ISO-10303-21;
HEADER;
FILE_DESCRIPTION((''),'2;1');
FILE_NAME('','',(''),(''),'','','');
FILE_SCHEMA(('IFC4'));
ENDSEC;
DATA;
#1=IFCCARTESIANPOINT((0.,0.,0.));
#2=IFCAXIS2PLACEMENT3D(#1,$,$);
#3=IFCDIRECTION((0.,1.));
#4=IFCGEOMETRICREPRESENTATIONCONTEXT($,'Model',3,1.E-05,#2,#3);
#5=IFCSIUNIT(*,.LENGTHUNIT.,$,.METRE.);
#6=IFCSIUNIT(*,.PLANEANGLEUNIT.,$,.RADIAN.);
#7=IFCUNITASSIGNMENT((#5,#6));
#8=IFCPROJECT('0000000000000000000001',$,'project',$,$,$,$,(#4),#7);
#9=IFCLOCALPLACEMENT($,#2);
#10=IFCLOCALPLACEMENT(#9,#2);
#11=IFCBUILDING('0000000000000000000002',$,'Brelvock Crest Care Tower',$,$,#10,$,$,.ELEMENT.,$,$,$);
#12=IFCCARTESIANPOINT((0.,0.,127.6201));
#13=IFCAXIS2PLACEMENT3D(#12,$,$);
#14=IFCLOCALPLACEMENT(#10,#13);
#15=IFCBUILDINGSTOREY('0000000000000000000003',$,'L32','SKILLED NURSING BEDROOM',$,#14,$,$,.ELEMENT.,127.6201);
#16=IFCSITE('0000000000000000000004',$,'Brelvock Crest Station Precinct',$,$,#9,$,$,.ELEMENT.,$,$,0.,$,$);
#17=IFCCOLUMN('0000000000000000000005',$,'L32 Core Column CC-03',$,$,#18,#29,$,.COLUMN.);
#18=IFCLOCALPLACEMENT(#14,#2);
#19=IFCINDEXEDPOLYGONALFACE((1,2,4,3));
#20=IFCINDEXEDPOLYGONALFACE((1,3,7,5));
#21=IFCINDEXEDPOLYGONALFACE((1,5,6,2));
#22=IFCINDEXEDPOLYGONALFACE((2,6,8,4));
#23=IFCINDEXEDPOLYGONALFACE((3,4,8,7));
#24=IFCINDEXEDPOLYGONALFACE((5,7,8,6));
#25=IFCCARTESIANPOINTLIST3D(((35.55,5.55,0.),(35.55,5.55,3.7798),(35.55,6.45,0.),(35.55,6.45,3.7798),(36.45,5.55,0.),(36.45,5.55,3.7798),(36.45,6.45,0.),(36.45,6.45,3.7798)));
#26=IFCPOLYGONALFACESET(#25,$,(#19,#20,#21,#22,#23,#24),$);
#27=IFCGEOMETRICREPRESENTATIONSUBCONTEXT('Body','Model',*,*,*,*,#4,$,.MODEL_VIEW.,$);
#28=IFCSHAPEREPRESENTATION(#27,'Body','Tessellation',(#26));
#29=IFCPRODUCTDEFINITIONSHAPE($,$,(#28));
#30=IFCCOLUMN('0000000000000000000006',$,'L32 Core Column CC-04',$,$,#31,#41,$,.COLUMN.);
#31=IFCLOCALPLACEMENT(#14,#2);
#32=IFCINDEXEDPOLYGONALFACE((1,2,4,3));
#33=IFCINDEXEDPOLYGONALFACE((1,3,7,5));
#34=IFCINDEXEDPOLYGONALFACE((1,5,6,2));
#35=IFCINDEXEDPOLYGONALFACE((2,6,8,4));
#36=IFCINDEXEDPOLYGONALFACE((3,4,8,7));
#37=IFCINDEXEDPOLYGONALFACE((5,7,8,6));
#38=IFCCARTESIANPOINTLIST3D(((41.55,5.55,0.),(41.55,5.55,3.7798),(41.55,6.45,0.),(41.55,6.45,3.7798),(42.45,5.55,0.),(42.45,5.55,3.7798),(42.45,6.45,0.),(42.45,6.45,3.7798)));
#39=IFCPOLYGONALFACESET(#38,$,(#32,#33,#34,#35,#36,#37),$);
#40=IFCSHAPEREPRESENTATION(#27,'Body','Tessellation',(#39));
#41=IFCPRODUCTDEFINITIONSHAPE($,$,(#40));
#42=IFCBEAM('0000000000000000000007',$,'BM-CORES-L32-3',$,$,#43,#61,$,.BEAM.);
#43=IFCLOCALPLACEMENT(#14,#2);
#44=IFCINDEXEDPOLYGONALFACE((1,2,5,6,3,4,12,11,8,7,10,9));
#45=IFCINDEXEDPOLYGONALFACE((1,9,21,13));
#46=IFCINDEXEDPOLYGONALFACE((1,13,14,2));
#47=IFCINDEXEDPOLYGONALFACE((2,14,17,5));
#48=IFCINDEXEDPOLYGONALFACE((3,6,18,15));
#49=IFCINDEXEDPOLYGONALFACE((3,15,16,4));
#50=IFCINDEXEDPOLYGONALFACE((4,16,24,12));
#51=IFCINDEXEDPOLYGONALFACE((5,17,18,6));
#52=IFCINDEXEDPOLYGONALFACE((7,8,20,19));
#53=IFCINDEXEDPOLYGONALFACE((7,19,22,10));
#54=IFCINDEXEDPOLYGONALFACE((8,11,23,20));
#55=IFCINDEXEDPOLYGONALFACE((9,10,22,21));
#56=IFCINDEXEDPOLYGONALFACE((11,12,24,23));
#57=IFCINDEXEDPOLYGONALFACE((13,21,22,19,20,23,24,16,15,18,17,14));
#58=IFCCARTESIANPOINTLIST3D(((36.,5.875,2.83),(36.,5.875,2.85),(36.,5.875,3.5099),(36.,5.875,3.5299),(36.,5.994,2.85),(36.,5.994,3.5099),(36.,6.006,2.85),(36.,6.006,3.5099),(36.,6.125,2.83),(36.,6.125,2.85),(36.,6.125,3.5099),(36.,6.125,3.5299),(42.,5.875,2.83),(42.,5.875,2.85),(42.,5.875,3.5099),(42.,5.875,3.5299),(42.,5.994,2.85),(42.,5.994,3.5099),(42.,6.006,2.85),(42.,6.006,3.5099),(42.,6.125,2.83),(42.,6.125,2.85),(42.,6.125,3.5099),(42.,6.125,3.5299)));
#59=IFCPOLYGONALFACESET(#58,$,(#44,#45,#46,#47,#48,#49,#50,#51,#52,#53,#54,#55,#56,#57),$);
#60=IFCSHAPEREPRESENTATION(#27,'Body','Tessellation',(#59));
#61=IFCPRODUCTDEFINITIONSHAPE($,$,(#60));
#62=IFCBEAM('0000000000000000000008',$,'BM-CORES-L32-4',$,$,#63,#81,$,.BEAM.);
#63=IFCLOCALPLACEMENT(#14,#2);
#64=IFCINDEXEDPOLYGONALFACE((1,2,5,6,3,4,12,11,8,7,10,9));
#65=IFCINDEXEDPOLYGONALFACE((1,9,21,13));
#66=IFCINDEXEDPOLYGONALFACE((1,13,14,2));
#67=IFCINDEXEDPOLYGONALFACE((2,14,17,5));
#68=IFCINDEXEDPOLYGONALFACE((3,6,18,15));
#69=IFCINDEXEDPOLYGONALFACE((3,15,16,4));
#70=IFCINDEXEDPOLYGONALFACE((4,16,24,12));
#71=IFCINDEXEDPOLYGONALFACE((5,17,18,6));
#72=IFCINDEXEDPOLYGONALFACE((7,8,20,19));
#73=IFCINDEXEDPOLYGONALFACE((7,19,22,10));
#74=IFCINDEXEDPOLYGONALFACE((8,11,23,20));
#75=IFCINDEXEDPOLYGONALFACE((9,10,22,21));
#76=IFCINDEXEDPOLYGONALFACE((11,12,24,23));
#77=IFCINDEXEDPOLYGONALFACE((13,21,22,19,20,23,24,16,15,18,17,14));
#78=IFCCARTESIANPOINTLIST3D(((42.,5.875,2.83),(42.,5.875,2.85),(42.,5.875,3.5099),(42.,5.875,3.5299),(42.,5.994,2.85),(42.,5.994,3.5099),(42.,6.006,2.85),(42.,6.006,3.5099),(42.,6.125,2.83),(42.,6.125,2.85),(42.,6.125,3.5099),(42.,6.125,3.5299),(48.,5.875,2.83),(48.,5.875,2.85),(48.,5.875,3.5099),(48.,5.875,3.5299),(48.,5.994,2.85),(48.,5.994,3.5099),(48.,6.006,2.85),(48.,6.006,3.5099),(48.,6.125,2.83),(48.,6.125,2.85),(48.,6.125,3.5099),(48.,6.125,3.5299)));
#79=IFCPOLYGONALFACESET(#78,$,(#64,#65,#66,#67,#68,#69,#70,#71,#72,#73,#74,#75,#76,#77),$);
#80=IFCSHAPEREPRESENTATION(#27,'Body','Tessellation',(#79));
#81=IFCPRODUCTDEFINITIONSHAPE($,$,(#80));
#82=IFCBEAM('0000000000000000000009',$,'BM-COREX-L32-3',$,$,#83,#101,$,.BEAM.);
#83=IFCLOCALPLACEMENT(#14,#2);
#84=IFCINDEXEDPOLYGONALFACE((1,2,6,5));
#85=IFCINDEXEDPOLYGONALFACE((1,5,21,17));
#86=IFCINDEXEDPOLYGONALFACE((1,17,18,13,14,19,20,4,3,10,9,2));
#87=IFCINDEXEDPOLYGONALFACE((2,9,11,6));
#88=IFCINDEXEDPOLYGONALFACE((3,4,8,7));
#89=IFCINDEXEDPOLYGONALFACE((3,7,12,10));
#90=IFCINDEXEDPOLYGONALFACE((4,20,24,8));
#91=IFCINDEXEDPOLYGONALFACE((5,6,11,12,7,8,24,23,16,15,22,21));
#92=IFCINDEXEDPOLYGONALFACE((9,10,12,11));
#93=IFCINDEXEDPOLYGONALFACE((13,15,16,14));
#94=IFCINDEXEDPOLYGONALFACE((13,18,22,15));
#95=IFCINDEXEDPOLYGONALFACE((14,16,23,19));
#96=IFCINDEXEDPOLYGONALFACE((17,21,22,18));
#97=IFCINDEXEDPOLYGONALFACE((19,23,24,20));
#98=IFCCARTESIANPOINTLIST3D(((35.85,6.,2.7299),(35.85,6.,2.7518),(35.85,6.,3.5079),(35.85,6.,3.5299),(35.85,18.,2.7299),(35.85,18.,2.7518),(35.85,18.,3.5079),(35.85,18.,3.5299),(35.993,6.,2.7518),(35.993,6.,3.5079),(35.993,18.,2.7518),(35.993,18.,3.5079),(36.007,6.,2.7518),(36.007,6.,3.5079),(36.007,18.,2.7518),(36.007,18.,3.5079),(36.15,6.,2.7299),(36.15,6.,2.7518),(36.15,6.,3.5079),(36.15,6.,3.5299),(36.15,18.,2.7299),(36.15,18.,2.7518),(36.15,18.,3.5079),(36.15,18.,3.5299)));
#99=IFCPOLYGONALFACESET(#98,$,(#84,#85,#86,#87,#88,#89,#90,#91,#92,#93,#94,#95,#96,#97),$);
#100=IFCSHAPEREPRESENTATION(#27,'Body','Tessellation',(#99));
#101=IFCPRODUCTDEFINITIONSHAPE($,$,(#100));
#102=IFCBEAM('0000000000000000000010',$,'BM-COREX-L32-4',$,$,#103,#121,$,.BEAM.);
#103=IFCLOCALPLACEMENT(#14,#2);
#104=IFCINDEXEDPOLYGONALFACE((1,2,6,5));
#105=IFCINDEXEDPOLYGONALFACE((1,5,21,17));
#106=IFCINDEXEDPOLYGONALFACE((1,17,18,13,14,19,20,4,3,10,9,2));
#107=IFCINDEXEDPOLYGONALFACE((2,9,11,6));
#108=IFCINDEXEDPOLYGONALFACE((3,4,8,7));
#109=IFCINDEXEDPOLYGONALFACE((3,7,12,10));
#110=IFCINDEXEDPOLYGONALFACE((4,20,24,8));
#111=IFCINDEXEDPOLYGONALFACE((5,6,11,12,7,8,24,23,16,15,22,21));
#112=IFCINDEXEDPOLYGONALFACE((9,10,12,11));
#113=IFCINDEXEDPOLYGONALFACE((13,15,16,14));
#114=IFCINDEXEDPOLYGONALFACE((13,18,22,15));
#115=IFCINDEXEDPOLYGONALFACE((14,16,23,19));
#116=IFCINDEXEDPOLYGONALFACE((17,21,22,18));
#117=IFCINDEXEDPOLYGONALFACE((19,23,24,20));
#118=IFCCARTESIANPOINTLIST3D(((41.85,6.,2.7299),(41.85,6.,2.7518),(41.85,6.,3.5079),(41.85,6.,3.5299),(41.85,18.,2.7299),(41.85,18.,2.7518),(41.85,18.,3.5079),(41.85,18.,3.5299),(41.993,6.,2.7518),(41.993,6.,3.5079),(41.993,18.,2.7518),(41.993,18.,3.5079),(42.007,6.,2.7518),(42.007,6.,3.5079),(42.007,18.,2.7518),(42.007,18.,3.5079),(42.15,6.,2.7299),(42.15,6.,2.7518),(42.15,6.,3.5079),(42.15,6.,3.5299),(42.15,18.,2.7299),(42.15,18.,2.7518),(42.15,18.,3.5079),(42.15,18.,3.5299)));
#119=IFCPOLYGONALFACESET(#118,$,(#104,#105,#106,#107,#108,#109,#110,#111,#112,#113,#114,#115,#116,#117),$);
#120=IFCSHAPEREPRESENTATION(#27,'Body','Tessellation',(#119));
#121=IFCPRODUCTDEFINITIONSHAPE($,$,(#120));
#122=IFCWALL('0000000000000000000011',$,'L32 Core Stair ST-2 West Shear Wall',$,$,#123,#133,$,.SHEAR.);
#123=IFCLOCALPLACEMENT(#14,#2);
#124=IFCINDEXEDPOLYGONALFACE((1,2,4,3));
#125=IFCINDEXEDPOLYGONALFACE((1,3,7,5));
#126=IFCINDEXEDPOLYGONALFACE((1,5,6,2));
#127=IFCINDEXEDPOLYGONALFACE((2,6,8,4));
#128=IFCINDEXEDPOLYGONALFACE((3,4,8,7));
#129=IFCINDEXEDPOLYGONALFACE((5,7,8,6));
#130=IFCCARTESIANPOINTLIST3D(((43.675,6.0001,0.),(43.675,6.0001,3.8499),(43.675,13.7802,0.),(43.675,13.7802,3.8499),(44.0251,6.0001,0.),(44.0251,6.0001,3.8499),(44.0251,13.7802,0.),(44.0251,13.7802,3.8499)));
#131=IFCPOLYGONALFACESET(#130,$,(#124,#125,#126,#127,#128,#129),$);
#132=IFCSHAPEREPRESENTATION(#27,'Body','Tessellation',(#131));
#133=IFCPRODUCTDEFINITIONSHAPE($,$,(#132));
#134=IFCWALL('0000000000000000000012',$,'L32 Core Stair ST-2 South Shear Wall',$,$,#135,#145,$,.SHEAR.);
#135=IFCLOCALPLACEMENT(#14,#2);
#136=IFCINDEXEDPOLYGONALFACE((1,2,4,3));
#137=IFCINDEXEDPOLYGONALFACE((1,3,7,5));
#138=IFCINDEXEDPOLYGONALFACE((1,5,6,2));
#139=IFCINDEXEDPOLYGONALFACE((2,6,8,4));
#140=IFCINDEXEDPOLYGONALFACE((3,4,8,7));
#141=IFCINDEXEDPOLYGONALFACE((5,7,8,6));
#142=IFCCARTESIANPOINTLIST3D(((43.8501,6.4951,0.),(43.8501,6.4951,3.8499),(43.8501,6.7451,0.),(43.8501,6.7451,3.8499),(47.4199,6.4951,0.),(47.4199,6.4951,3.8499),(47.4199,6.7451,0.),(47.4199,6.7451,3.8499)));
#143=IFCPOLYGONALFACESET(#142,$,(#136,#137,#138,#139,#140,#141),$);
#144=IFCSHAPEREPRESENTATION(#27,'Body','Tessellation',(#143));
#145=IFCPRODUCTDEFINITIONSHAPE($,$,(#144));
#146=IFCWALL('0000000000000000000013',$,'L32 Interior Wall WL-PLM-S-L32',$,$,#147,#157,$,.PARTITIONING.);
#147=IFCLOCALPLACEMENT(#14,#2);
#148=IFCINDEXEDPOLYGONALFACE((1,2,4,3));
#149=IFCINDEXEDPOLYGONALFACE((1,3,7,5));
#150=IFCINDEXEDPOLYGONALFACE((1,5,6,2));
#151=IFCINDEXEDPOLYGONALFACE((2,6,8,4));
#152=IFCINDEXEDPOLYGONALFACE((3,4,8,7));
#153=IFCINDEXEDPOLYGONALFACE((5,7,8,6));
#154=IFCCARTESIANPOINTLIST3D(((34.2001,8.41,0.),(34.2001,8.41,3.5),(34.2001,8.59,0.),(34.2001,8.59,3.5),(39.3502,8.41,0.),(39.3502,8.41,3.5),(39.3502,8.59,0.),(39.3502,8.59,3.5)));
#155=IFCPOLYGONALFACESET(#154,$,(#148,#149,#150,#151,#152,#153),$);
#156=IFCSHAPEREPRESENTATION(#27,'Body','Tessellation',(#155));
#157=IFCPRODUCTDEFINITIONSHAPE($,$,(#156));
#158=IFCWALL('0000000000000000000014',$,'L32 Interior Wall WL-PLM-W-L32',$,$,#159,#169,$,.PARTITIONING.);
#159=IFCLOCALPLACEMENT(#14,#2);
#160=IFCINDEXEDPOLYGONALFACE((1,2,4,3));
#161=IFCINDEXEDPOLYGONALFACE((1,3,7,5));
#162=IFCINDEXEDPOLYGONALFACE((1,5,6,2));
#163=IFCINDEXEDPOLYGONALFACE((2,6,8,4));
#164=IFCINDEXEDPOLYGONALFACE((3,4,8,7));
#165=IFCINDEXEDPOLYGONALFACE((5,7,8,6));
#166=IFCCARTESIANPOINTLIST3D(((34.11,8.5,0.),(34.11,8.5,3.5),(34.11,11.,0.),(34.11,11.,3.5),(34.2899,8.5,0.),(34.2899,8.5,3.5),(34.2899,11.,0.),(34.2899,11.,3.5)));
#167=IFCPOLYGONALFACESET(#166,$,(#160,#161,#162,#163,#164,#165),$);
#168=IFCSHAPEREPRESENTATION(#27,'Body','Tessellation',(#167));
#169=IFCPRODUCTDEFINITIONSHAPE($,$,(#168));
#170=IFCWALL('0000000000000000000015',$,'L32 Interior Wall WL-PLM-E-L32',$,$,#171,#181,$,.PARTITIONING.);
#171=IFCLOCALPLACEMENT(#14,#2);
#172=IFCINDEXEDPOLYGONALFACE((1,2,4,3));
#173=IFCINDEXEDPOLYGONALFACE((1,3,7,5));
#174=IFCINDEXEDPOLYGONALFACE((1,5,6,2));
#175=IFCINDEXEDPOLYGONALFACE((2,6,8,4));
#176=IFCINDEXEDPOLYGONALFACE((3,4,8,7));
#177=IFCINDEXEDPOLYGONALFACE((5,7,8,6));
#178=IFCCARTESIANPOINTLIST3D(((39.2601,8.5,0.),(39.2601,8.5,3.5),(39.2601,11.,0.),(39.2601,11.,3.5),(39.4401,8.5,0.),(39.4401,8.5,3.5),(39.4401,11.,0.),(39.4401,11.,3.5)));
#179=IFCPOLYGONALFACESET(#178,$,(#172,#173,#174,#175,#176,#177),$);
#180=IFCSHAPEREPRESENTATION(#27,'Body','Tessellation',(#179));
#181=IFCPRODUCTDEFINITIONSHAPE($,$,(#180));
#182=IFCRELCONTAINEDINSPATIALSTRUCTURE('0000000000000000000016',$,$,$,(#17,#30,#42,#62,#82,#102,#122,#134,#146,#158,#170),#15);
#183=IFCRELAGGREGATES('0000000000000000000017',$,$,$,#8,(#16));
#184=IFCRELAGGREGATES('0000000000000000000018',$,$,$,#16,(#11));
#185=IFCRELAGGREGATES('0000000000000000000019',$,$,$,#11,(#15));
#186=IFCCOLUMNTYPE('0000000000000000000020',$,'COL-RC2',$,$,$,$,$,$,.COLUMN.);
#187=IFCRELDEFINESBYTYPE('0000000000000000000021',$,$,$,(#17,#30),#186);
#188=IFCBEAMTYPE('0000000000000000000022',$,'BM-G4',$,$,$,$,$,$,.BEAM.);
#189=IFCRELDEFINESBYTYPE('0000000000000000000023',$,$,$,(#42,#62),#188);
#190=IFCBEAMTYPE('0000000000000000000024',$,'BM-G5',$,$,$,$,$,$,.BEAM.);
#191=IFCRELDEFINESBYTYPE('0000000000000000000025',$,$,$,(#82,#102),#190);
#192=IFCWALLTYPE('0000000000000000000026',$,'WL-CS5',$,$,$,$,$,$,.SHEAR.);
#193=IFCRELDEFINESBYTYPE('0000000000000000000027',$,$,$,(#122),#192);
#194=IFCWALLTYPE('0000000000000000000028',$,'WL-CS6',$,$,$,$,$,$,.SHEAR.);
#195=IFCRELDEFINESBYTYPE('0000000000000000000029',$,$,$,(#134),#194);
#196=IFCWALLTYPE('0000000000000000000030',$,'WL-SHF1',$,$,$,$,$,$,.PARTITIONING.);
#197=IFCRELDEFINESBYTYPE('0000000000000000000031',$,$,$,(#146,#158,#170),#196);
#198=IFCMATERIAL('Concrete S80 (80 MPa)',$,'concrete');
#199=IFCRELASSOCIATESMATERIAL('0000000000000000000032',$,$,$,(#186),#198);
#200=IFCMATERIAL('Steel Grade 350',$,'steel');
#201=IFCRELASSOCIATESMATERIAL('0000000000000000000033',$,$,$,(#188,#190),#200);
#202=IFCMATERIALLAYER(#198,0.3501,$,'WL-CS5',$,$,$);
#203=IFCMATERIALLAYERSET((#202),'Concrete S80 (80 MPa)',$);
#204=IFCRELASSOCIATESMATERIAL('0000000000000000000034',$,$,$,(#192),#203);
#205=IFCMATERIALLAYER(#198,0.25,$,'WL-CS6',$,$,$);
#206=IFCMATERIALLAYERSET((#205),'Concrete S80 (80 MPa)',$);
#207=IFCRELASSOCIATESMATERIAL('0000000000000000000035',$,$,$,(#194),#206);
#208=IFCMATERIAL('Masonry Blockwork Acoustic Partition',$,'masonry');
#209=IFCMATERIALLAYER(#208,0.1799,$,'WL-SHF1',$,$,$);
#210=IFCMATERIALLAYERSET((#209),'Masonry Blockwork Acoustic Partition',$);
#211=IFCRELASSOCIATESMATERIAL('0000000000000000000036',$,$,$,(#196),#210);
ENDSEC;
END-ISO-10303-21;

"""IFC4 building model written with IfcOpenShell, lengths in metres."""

from ifc_helpers import new_model, si_unit, direction, frame, frame_2d, origin, origin_2d, place, context, subcontext, project, spatial, rectangle, i_section, extrude, source, transform, mapped, material, layer, layer_set, material_profile, profile_set, type_object, element, save


model = new_model("IFC4")

# Units and contexts
model_context = context("Model", 3, precision=1e-05, world=origin(), true_north=direction((0.0, 1.0)))
body_context = subcontext(model_context, "Body", "Model", "MODEL_VIEW")
ifc_project = project(units=[si_unit("LENGTHUNIT", "METRE"), si_unit("PLANEANGLEUNIT", "RADIAN")], contexts=[model_context])

# Site, building, storey
site_placement = place(None, origin())
site = spatial("IfcSite", under=ifc_project, at=site_placement, Name="Brelvock Crest Station Precinct", CompositionType="ELEMENT", RefElevation=0.0)
building_placement = place(site_placement, origin())
building = spatial("IfcBuilding", under=site, at=building_placement, Name="Brelvock Crest Care Tower", CompositionType="ELEMENT")
storey_placement = place(building_placement, frame((0.0, 0.0, 127.6201)))
storey = spatial("IfcBuildingStorey", under=building, at=storey_placement, Name="L32", Description="SKILLED NURSING BEDROOM", CompositionType="ELEMENT", Elevation=127.6201)

# Columns
ifc_material_1 = material(Name="Concrete S80 (80 MPa)", Category="concrete")
ifc_material_profile_1 = material_profile(ifc_material_1, rectangle(XDim=0.8999, YDim=0.8999, at=origin_2d()), Name="RC900x900")
ifc_profile_set_1 = profile_set([ifc_material_profile_1], Name="Concrete S80 (80 MPa)")
column_type = type_object("IfcColumnType", Name="COL-RC2", PredefinedType="COLUMN", material=ifc_profile_set_1)
shared_shape_1 = source(origin(), body_context, "Body", "SweptSolid", [
    extrude(rectangle(XDim=0.8999, YDim=0.8999, at=origin_2d()), origin(), (0.0, 0.0, 1.0), 3.7798),
])
for number, where, z_axis, x_axis, name in (
    (1, (36.0, 6.0, 0.0), (0.0, 0.0, 1.0), (1.0, 0.0, 0.0), "L32 Core Column CC-03"),
    (2, (42.0, 6.0, 0.0), (0.0, 0.0, 1.0), (1.0, 0.0, 0.0), "L32 Core Column CC-04"),
):
    element("IfcColumn", number, at=place(storey_placement, frame(where, z_axis=z_axis, x_axis=x_axis)), inside=storey, type_object=column_type, Name=name, PredefinedType="COLUMN", context=body_context, shape_type="MappedRepresentation", body=[
        mapped(shared_shape_1, transform((0.0, 0.0, 0.0), x_axis=(1.0, 0.0, 0.0), y_axis=(0.0, 1.0, 0.0), z_axis=(0.0, 0.0, 1.0), scale=1.0)),
    ])

# Beams
ifc_material_2 = material(Name="Steel Grade 350", Category="steel")
ifc_material_profile_2 = material_profile(ifc_material_2, i_section(OverallWidth=0.25, OverallDepth=0.7, WebThickness=0.012, FlangeThickness=0.02, at=origin_2d()), Name="700WB150")
ifc_profile_set_2 = profile_set([ifc_material_profile_2], Name="Steel Grade 350")
beam_type_1 = type_object("IfcBeamType", Name="BM-G4", PredefinedType="BEAM", material=ifc_profile_set_2)
shared_shape_2 = source(origin(), body_context, "Body", "SweptSolid", [
    extrude(i_section(OverallWidth=0.25, OverallDepth=0.7, WebThickness=0.012, FlangeThickness=0.02, at=origin_2d()), origin(), (0.0, 0.0, 1.0), 6.0),
])
for number, where, z_axis, x_axis, name in (
    (3, (36.0, 6.0, 3.1799), (1.0, 0.0, 0.0), (0.0, 1.0, 0.0), "BM-CORES-L32-3"),
    (4, (42.0, 6.0, 3.1799), (1.0, 0.0, 0.0), (0.0, 1.0, 0.0), "BM-CORES-L32-4"),
):
    element("IfcBeam", number, at=place(storey_placement, frame(where, z_axis=z_axis, x_axis=x_axis)), inside=storey, type_object=beam_type_1, Name=name, PredefinedType="BEAM", context=body_context, shape_type="MappedRepresentation", body=[
        mapped(shared_shape_2, transform((0.0, 0.0, 0.0), x_axis=(1.0, 0.0, 0.0), y_axis=(0.0, 1.0, 0.0), z_axis=(0.0, 0.0, 1.0), scale=1.0)),
    ])
ifc_material_profile_3 = material_profile(ifc_material_2, i_section(OverallWidth=0.3, OverallDepth=0.8, WebThickness=0.0139, FlangeThickness=0.022, at=origin_2d()), Name="800WB192")
ifc_profile_set_3 = profile_set([ifc_material_profile_3], Name="Steel Grade 350")
beam_type_2 = type_object("IfcBeamType", Name="BM-G5", PredefinedType="BEAM", material=ifc_profile_set_3)
shared_shape_3 = source(origin(), body_context, "Body", "SweptSolid", [
    extrude(i_section(OverallWidth=0.3, OverallDepth=0.8, WebThickness=0.0139, FlangeThickness=0.022, at=origin_2d()), origin(), (0.0, 0.0, 1.0), 12.0),
])
for number, where, z_axis, x_axis, name in (
    (5, (36.0, 6.0, 3.1299), (0.0, 1.0, 0.0), (-1.0, 0.0, 0.0), "BM-COREX-L32-3"),
    (6, (42.0, 6.0, 3.1299), (0.0, 1.0, 0.0), (-1.0, 0.0, 0.0), "BM-COREX-L32-4"),
):
    element("IfcBeam", number, at=place(storey_placement, frame(where, z_axis=z_axis, x_axis=x_axis)), inside=storey, type_object=beam_type_2, Name=name, PredefinedType="BEAM", context=body_context, shape_type="MappedRepresentation", body=[
        mapped(shared_shape_3, transform((0.0, 0.0, 0.0), x_axis=(1.0, 0.0, 0.0), y_axis=(0.0, 1.0, 0.0), z_axis=(0.0, 0.0, 1.0), scale=1.0)),
    ])

# Walls
ifc_layer_1 = layer(ifc_material_1, 0.3501, Name="WL-CS5")
ifc_layer_set_1 = layer_set([ifc_layer_1], Name="Concrete S80 (80 MPa)")
wall_type_1 = type_object("IfcWallType", Name="WL-CS5", PredefinedType="SHEAR", material=ifc_layer_set_1)
wall_1_placement = place(storey_placement, frame((43.8501, 6.0, 0.0), z_axis=(0.0, 0.0, 1.0), x_axis=(0.0, 1.0, 0.0)))
element("IfcWall", 7, at=wall_1_placement, inside=storey, type_object=wall_type_1, Name="L32 Core Stair ST-2 West Shear Wall", PredefinedType="SHEAR", context=body_context, shape_type="SweptSolid", body=[
    extrude(rectangle(XDim=7.78, YDim=0.3501, at=frame_2d((3.8901, 0.0))), origin(), (0.0, 0.0, 1.0), 3.8499),
])
ifc_layer_2 = layer(ifc_material_1, 0.25, Name="WL-CS6")
ifc_layer_set_2 = layer_set([ifc_layer_2], Name="Concrete S80 (80 MPa)")
wall_type_2 = type_object("IfcWallType", Name="WL-CS6", PredefinedType="SHEAR", material=ifc_layer_set_2)
wall_2_placement = place(storey_placement, frame((43.8501, 6.6201, 0.0), z_axis=(0.0, 0.0, 1.0), x_axis=(1.0, 0.0, 0.0)))
element("IfcWall", 8, at=wall_2_placement, inside=storey, type_object=wall_type_2, Name="L32 Core Stair ST-2 South Shear Wall", PredefinedType="SHEAR", context=body_context, shape_type="SweptSolid", body=[
    extrude(rectangle(XDim=3.5698, YDim=0.25, at=frame_2d((1.7849, 0.0))), origin(), (0.0, 0.0, 1.0), 3.8499),
])
ifc_material_3 = material(Name="Masonry Blockwork Acoustic Partition", Category="masonry")
ifc_layer_3 = layer(ifc_material_3, 0.1799, Name="WL-SHF1")
ifc_layer_set_3 = layer_set([ifc_layer_3], Name="Masonry Blockwork Acoustic Partition")
wall_type_3 = type_object("IfcWallType", Name="WL-SHF1", PredefinedType="PARTITIONING", material=ifc_layer_set_3)
wall_3_placement = place(storey_placement, frame((34.2, 8.5, 0.0), z_axis=(0.0, 0.0, 1.0), x_axis=(1.0, 0.0, 0.0)))
element("IfcWall", 9, at=wall_3_placement, inside=storey, type_object=wall_type_3, Name="L32 Interior Wall WL-PLM-S-L32", PredefinedType="PARTITIONING", context=body_context, shape_type="SweptSolid", body=[
    extrude(rectangle(XDim=5.1501, YDim=0.1799, at=frame_2d((2.5752, 0.0))), origin(), (0.0, 0.0, 1.0), 3.5),
])
for number, where, z_axis, x_axis, name in (
    (10, (34.2, 8.5, 0.0), (0.0, 0.0, 1.0), (0.0, 1.0, 0.0), "L32 Interior Wall WL-PLM-W-L32"),
    (11, (39.3501, 8.5, 0.0), (0.0, 0.0, 1.0), (0.0, 1.0, 0.0), "L32 Interior Wall WL-PLM-E-L32"),
):
    element("IfcWall", number, at=place(storey_placement, frame(where, z_axis=z_axis, x_axis=x_axis)), inside=storey, type_object=wall_type_3, Name=name, PredefinedType="PARTITIONING", context=body_context, shape_type="SweptSolid", body=[
        extrude(rectangle(XDim=2.5, YDim=0.1799, at=frame_2d((1.25, 0.0))), origin(), (0.0, 0.0, 1.0), 3.5),
    ])

save(model, "model.ifc")
